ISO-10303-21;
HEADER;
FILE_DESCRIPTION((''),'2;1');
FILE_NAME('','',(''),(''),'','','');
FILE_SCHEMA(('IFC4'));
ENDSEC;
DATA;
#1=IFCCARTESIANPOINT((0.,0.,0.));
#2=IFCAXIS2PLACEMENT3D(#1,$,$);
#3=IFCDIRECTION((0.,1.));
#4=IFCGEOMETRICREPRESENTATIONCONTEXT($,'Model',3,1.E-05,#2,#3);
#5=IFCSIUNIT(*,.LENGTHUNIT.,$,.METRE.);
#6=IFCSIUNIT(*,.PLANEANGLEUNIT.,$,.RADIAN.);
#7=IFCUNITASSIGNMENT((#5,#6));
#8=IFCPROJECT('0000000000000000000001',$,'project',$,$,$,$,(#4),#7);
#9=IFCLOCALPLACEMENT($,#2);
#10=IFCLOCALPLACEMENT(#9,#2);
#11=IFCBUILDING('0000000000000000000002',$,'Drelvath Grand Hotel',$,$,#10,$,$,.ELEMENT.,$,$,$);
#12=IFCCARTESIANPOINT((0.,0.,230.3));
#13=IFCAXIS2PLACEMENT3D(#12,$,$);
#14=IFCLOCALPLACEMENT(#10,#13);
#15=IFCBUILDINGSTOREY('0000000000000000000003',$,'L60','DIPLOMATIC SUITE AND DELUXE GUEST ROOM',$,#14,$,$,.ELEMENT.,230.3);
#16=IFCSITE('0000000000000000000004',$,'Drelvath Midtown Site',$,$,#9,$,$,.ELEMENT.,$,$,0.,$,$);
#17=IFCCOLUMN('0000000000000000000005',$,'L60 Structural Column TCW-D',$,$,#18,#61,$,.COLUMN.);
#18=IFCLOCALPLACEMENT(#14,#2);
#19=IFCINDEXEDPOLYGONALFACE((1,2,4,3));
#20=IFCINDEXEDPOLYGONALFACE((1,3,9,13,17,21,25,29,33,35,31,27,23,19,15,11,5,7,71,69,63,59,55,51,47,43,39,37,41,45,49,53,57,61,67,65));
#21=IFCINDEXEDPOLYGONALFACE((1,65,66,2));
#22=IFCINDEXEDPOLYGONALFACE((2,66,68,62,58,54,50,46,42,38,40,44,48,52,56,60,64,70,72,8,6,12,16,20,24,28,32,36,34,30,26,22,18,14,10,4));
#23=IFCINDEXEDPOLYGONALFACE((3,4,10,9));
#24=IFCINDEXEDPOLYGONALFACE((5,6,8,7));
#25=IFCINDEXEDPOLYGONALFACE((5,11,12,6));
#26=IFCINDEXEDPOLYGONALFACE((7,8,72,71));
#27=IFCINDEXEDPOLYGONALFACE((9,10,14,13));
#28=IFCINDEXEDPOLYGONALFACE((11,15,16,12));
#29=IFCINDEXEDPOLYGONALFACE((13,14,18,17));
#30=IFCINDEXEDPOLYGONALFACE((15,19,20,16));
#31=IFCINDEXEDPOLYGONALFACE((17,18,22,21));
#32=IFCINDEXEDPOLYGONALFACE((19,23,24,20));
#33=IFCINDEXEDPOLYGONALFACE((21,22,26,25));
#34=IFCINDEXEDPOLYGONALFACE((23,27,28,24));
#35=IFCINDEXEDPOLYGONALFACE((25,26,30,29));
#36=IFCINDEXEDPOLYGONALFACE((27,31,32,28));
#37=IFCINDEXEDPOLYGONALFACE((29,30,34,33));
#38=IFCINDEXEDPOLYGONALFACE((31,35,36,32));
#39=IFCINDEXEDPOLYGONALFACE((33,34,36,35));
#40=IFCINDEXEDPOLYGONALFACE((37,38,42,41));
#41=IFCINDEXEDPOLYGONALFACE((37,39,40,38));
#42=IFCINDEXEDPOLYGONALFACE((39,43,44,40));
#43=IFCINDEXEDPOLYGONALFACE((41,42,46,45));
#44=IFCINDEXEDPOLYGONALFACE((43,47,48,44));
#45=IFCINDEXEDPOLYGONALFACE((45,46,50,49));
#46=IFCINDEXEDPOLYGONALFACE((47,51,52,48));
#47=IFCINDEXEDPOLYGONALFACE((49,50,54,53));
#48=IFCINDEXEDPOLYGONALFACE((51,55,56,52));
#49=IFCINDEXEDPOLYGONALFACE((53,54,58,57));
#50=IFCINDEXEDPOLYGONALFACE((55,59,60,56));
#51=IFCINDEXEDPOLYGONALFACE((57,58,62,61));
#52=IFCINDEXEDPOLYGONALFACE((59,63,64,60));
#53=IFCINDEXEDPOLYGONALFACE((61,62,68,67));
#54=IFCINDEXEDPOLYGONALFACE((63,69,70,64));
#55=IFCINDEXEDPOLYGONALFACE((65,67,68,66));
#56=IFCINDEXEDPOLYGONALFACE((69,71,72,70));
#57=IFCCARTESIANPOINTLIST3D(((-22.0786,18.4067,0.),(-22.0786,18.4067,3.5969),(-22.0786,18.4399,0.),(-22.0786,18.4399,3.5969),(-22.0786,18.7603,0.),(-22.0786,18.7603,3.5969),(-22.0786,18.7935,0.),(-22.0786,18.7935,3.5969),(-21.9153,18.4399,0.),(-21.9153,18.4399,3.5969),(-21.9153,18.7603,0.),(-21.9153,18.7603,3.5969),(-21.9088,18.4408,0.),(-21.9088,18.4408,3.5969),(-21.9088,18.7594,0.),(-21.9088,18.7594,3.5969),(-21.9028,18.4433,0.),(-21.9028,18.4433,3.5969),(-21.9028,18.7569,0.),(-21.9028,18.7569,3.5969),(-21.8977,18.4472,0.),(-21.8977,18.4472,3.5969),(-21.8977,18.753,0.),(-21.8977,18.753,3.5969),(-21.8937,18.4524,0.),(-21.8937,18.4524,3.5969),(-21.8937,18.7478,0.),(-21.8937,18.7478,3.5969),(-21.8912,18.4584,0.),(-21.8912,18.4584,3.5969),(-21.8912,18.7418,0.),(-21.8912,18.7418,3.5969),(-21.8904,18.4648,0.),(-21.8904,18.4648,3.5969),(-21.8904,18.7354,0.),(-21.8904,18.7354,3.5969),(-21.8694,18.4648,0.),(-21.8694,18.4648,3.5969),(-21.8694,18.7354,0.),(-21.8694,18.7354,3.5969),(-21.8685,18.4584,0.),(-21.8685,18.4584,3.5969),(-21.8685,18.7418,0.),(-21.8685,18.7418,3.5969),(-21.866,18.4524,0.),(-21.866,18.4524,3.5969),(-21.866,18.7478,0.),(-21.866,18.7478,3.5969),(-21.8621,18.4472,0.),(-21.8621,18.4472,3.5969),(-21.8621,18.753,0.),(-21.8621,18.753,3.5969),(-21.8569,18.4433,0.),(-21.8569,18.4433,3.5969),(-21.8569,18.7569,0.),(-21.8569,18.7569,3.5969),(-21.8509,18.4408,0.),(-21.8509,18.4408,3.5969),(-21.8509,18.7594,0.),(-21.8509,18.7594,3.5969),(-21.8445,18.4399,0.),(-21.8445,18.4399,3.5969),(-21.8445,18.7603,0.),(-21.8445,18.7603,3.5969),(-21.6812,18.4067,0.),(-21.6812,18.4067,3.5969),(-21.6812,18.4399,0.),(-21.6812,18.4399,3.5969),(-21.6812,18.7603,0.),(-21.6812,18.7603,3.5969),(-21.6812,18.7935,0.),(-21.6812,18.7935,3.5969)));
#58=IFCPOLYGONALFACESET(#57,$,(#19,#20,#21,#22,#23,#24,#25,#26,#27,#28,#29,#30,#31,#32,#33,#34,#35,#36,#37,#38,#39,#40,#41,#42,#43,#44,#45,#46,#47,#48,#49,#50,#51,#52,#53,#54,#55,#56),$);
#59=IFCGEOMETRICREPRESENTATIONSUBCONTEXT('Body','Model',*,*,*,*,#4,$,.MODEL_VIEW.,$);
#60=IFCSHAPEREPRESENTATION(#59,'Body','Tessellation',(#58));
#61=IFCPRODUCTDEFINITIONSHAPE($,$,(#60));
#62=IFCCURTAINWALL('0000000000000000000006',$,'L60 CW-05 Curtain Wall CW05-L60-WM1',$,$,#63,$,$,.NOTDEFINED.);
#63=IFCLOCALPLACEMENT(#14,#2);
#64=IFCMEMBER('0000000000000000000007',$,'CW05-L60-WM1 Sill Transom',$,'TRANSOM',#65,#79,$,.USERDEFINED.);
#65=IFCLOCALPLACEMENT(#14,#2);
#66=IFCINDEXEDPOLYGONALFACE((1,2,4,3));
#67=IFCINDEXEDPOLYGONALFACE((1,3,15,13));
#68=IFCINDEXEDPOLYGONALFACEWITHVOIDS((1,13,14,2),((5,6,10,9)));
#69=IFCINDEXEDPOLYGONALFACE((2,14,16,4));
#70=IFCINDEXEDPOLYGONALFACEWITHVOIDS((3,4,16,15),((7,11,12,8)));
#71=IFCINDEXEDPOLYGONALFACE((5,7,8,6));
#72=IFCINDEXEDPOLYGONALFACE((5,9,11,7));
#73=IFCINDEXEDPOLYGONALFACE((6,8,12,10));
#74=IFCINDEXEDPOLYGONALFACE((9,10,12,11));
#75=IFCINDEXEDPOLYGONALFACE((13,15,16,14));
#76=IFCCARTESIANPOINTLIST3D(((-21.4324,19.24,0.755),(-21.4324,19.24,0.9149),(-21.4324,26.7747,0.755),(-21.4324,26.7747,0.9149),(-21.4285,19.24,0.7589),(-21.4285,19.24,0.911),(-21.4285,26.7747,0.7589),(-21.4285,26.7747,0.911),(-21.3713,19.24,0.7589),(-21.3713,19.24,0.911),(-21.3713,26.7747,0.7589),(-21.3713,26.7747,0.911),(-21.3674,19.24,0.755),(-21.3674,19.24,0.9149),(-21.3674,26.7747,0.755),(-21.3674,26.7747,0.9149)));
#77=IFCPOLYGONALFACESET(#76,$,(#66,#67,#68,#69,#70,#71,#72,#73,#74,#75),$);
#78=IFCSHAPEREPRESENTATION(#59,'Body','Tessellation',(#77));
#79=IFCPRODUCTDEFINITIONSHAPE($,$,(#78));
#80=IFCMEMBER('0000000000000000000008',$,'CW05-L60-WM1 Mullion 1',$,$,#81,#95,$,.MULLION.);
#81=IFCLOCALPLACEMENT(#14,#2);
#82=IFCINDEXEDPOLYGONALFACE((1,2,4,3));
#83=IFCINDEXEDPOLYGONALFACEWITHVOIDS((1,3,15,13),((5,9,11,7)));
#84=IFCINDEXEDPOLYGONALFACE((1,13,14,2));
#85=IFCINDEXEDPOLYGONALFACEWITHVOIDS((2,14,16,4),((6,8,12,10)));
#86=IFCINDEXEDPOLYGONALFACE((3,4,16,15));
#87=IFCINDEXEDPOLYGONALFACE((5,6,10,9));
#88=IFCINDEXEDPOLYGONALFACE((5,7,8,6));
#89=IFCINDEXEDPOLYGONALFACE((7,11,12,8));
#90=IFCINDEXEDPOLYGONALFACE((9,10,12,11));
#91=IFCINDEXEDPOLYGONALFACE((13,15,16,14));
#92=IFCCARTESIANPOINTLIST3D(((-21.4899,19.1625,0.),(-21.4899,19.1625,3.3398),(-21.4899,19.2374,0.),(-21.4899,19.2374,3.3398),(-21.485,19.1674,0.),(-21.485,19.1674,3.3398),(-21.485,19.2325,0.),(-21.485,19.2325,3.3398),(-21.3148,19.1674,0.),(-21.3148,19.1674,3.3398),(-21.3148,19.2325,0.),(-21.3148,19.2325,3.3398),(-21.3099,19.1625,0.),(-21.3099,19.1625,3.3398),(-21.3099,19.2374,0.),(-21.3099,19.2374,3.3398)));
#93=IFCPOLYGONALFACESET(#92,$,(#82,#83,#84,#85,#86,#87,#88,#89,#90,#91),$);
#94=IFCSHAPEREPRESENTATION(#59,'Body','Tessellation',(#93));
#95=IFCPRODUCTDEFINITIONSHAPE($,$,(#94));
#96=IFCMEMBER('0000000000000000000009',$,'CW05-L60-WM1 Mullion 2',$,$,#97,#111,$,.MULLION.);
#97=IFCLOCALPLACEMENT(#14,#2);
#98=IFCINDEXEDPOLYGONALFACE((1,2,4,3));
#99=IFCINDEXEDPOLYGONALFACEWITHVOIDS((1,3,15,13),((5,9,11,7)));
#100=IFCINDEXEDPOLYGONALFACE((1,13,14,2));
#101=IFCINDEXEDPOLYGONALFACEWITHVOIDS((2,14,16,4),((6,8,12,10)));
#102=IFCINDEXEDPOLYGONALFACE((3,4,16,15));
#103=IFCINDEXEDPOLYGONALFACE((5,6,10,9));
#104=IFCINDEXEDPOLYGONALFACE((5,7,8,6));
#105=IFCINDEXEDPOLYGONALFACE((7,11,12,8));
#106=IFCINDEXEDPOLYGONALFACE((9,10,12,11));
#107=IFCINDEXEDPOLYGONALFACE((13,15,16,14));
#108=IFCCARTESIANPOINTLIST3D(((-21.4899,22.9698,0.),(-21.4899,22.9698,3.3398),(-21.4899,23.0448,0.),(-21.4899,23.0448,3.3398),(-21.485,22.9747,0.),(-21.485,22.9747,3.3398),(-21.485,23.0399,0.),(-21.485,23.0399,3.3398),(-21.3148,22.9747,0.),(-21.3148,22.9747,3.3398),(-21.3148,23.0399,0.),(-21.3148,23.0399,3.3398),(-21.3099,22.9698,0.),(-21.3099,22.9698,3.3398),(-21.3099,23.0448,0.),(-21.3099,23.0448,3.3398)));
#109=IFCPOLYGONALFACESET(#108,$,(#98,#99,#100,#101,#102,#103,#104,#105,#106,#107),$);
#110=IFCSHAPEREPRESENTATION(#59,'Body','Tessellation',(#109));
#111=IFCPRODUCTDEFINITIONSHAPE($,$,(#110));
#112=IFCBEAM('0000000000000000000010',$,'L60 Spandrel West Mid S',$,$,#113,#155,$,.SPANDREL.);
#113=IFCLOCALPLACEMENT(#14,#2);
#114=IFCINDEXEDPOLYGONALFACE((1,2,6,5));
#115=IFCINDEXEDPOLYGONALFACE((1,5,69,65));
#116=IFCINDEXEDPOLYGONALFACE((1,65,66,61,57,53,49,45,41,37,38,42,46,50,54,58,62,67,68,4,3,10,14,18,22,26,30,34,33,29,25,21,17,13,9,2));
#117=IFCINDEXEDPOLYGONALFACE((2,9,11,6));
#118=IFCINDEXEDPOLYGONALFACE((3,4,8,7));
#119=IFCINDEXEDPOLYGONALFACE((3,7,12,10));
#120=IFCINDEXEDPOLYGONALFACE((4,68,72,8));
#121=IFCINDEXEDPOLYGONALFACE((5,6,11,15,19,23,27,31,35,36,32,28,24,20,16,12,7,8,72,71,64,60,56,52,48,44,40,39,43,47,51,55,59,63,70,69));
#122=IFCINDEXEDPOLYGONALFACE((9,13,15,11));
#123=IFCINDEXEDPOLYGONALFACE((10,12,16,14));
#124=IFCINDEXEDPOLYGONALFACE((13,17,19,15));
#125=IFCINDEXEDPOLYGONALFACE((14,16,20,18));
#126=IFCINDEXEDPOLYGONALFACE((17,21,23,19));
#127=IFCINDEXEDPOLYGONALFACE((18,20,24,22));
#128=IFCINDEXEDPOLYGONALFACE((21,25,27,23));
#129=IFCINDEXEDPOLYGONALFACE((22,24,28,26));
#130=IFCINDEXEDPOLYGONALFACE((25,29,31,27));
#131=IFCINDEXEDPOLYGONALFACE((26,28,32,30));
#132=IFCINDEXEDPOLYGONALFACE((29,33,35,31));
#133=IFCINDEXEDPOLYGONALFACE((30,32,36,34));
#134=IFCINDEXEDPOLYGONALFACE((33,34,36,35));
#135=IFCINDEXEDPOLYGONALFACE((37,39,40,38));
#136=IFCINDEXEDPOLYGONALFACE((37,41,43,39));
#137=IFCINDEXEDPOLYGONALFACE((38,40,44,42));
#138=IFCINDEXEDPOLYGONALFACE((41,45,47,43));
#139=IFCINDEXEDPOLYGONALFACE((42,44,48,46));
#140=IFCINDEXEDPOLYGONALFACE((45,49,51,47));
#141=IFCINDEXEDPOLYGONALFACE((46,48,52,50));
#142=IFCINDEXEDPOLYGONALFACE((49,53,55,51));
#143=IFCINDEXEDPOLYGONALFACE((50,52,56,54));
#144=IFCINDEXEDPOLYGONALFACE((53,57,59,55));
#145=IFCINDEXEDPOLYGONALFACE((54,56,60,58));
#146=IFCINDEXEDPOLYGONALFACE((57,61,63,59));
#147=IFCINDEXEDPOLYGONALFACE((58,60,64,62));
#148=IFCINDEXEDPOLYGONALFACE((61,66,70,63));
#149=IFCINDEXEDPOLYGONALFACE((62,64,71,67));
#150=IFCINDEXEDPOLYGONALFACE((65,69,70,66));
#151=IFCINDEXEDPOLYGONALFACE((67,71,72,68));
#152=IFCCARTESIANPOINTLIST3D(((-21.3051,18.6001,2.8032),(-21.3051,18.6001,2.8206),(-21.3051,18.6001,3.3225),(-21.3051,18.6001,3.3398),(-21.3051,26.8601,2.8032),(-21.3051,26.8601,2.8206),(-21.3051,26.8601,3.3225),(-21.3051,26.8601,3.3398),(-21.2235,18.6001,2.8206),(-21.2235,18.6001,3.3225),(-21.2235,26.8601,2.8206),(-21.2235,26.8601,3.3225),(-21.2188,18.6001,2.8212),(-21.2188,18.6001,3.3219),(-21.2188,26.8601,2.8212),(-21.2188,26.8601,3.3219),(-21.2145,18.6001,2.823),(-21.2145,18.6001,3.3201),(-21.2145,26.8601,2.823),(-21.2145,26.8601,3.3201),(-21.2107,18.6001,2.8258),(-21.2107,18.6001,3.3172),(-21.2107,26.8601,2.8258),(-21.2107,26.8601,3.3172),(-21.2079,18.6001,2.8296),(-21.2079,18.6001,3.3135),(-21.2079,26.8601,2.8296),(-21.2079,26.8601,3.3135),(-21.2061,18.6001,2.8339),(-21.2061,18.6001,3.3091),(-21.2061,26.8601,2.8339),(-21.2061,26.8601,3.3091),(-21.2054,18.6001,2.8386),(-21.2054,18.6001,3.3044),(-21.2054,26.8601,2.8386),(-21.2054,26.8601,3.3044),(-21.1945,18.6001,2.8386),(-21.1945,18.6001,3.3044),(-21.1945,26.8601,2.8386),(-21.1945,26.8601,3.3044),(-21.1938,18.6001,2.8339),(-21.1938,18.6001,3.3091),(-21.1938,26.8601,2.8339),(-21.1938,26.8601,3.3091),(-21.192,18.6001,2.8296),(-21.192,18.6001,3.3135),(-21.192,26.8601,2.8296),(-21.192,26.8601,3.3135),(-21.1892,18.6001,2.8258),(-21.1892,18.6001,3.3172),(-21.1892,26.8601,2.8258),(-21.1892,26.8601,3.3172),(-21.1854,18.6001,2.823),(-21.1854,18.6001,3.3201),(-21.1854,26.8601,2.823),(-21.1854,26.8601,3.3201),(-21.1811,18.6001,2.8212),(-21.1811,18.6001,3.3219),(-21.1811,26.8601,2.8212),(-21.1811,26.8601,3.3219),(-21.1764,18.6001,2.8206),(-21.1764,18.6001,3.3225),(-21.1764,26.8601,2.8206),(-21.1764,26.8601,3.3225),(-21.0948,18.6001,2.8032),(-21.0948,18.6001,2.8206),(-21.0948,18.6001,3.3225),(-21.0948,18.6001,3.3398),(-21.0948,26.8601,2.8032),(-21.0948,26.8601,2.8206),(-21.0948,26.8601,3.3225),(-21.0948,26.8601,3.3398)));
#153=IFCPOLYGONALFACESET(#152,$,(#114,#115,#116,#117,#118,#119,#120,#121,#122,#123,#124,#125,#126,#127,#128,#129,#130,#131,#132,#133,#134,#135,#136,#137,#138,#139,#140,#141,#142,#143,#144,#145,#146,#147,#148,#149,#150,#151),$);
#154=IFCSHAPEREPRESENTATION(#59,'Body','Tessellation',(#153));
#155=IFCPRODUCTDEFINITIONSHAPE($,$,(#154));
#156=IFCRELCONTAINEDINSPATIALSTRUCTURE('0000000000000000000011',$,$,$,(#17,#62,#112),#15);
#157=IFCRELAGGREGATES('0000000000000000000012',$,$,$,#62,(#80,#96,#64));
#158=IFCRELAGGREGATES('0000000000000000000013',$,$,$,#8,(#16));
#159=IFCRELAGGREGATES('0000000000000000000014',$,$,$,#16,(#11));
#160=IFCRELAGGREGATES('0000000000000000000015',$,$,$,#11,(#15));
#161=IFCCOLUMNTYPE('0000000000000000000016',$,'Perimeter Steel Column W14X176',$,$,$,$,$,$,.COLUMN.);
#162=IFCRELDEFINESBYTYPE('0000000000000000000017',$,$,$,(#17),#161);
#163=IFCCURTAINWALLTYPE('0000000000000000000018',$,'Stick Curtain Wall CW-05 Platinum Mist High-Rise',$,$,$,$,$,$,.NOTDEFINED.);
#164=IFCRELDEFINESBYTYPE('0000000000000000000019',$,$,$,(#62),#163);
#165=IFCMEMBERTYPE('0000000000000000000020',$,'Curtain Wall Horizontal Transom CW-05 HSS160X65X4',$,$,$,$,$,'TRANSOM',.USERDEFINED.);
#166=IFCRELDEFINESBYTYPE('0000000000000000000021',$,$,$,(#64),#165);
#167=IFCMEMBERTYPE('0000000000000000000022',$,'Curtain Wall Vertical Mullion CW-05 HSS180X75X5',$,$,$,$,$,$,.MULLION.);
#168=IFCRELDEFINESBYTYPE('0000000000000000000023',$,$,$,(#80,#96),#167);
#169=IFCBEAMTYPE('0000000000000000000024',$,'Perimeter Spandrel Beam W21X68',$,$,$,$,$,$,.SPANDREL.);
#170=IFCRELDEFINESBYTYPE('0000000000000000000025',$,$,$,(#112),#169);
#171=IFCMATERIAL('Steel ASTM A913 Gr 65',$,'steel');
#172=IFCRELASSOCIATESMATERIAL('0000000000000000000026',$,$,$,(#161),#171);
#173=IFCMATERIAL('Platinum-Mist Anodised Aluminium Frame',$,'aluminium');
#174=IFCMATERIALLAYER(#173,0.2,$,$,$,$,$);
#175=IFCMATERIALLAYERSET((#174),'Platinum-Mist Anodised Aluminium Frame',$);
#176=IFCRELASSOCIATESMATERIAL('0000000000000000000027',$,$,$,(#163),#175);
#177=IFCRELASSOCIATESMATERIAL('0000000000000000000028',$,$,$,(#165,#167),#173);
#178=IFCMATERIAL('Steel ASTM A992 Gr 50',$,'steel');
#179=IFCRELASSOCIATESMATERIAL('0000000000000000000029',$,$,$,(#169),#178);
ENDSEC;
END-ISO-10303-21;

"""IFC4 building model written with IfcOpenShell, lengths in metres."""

from ifc_helpers import new_model, si_unit, direction, frame, origin, origin_2d, place, context, subcontext, project, spatial, hollow_rectangle, i_section, extrude, material, layer, layer_set, material_profile, profile_set, type_object, element, aggregate, save


model = new_model("IFC4")

# Units and contexts
model_context = context("Model", 3, precision=1e-05, world=origin(), true_north=direction((0.0, 1.0)))
body_context = subcontext(model_context, "Body", "Model", "MODEL_VIEW")
ifc_project = project(units=[si_unit("LENGTHUNIT", "METRE"), si_unit("PLANEANGLEUNIT", "RADIAN")], contexts=[model_context])

# Site, building, storey
site_placement = place(None, origin())
site = spatial("IfcSite", under=ifc_project, at=site_placement, Name="Drelvath Midtown Site", CompositionType="ELEMENT", RefElevation=0.0)
building_placement = place(site_placement, origin())
building = spatial("IfcBuilding", under=site, at=building_placement, Name="Drelvath Grand Hotel", CompositionType="ELEMENT")
storey_placement = place(building_placement, frame((0.0, 0.0, 230.3)))
storey = spatial("IfcBuildingStorey", under=building, at=storey_placement, Name="L60", Description="DIPLOMATIC SUITE AND DELUXE GUEST ROOM", CompositionType="ELEMENT", Elevation=230.3)

# Column
ifc_material_1 = material(Name="Steel ASTM A913 Gr 65", Category="steel")
ifc_material_profile_1 = material_profile(ifc_material_1, i_section(OverallWidth=0.3975, OverallDepth=0.3867, WebThickness=0.021, FlangeThickness=0.0332, FilletRadius=0.0249, at=origin_2d()), Name="W14X176")
ifc_profile_set_1 = profile_set([ifc_material_profile_1], Name="Steel ASTM A913 Gr 65")
column_type = type_object("IfcColumnType", Name="Perimeter Steel Column W14X176", PredefinedType="COLUMN", material=ifc_profile_set_1)
column_placement = place(storey_placement, frame((-21.8799, 18.6001, 0.0), z_axis=(0.0, 0.0, 1.0), x_axis=(1.0, 0.0, 0.0)))
element("IfcColumn", 1, at=column_placement, inside=storey, type_object=column_type, Name="L60 Structural Column TCW-D", PredefinedType="COLUMN", context=body_context, shape_type="SweptSolid", body=[
    extrude(i_section(OverallWidth=0.3975, OverallDepth=0.3867, WebThickness=0.021, FlangeThickness=0.0332, FilletRadius=0.0249, at=origin_2d()), origin(), (0.0, 0.0, 1.0), 3.5969),
])

# Curtain wall, members
ifc_material_2 = material(Name="Platinum-Mist Anodised Aluminium Frame", Category="aluminium")
ifc_layer_1 = layer(ifc_material_2, 0.2)
ifc_layer_set_1 = layer_set([ifc_layer_1], Name="Platinum-Mist Anodised Aluminium Frame")
curtain_wall_type = type_object("IfcCurtainWallType", Name="Stick Curtain Wall CW-05 Platinum Mist High-Rise", PredefinedType="NOTDEFINED", material=ifc_layer_set_1)
curtain_wall_placement = place(storey_placement, origin())
curtain_wall = element("IfcCurtainWall", 2, at=curtain_wall_placement, inside=storey, type_object=curtain_wall_type, Name="L60 CW-05 Curtain Wall CW05-L60-WM1", PredefinedType="NOTDEFINED")
ifc_material_profile_2 = material_profile(ifc_material_2, hollow_rectangle(XDim=0.0649, YDim=0.1599, WallThickness=0.0039, at=origin_2d()), Name="HSS160X65X4")
ifc_profile_set_2 = profile_set([ifc_material_profile_2], Name="Platinum-Mist Anodised Aluminium Frame")
member_type_1 = type_object("IfcMemberType", Name="Curtain Wall Horizontal Transom CW-05 HSS160X65X4", ElementType="TRANSOM", PredefinedType="USERDEFINED", material=ifc_profile_set_2)
member_1_placement = place(storey_placement, frame((-21.3999, 19.24, 0.835), z_axis=(0.0, 1.0, 0.0), x_axis=(-1.0, 0.0, 0.0)))
member_1 = element("IfcMember", 3, at=member_1_placement, type_object=member_type_1, Name="CW05-L60-WM1 Sill Transom", ObjectType="TRANSOM", PredefinedType="USERDEFINED", context=body_context, shape_type="SweptSolid", body=[
    extrude(hollow_rectangle(XDim=0.0649, YDim=0.1599, WallThickness=0.0039, at=origin_2d()), origin(), (0.0, 0.0, 1.0), 7.5347),
])
ifc_material_profile_3 = material_profile(ifc_material_2, hollow_rectangle(XDim=0.075, YDim=0.1799, WallThickness=0.0049, at=origin_2d()), Name="HSS180X75X5")
ifc_profile_set_3 = profile_set([ifc_material_profile_3], Name="Platinum-Mist Anodised Aluminium Frame")
member_type_2 = type_object("IfcMemberType", Name="Curtain Wall Vertical Mullion CW-05 HSS180X75X5", PredefinedType="MULLION", material=ifc_profile_set_3)
member_2_placement = place(storey_placement, frame((-21.3999, 19.2, 0.0), z_axis=(0.0, 0.0, 1.0), x_axis=(0.0, 1.0, 0.0)))
member_2 = element("IfcMember", 4, at=member_2_placement, type_object=member_type_2, Name="CW05-L60-WM1 Mullion 1", PredefinedType="MULLION", context=body_context, shape_type="SweptSolid", body=[
    extrude(hollow_rectangle(XDim=0.075, YDim=0.1799, WallThickness=0.0049, at=origin_2d()), origin(), (0.0, 0.0, 1.0), 3.3398),
])
member_3_placement = place(storey_placement, frame((-21.3999, 23.0073, 0.0), z_axis=(0.0, 0.0, 1.0), x_axis=(0.0, 1.0, 0.0)))
member_3 = element("IfcMember", 5, at=member_3_placement, type_object=member_type_2, Name="CW05-L60-WM1 Mullion 2", PredefinedType="MULLION", context=body_context, shape_type="SweptSolid", body=[
    extrude(hollow_rectangle(XDim=0.075, YDim=0.1799, WallThickness=0.0049, at=origin_2d()), origin(), (0.0, 0.0, 1.0), 3.3398),
])

# Beam
ifc_material_3 = material(Name="Steel ASTM A992 Gr 50", Category="steel")
ifc_material_profile_4 = material_profile(ifc_material_3, i_section(OverallWidth=0.2102, OverallDepth=0.5366, WebThickness=0.011, FlangeThickness=0.0173, FilletRadius=0.0181, at=origin_2d()), Name="W21X68")
ifc_profile_set_4 = profile_set([ifc_material_profile_4], Name="Steel ASTM A992 Gr 50")
beam_type_1 = type_object("IfcBeamType", Name="Perimeter Spandrel Beam W21X68", PredefinedType="SPANDREL", material=ifc_profile_set_4)
beam_1_placement = place(storey_placement, frame((-21.2, 18.6001, 3.0715), z_axis=(0.0, 1.0, 0.0), x_axis=(-1.0, 0.0, 0.0)))
element("IfcBeam", 6, at=beam_1_placement, inside=storey, type_object=beam_type_1, Name="L60 Spandrel West Mid S", PredefinedType="SPANDREL", context=body_context, shape_type="SweptSolid", body=[
    extrude(i_section(OverallWidth=0.2102, OverallDepth=0.5366, WebThickness=0.011, FlangeThickness=0.0173, FilletRadius=0.0181, at=origin_2d()), origin(), (0.0, 0.0, 1.0), 8.26),
])

aggregate(curtain_wall, [member_2, member_3, member_1])

save(model, "model.ifc")
